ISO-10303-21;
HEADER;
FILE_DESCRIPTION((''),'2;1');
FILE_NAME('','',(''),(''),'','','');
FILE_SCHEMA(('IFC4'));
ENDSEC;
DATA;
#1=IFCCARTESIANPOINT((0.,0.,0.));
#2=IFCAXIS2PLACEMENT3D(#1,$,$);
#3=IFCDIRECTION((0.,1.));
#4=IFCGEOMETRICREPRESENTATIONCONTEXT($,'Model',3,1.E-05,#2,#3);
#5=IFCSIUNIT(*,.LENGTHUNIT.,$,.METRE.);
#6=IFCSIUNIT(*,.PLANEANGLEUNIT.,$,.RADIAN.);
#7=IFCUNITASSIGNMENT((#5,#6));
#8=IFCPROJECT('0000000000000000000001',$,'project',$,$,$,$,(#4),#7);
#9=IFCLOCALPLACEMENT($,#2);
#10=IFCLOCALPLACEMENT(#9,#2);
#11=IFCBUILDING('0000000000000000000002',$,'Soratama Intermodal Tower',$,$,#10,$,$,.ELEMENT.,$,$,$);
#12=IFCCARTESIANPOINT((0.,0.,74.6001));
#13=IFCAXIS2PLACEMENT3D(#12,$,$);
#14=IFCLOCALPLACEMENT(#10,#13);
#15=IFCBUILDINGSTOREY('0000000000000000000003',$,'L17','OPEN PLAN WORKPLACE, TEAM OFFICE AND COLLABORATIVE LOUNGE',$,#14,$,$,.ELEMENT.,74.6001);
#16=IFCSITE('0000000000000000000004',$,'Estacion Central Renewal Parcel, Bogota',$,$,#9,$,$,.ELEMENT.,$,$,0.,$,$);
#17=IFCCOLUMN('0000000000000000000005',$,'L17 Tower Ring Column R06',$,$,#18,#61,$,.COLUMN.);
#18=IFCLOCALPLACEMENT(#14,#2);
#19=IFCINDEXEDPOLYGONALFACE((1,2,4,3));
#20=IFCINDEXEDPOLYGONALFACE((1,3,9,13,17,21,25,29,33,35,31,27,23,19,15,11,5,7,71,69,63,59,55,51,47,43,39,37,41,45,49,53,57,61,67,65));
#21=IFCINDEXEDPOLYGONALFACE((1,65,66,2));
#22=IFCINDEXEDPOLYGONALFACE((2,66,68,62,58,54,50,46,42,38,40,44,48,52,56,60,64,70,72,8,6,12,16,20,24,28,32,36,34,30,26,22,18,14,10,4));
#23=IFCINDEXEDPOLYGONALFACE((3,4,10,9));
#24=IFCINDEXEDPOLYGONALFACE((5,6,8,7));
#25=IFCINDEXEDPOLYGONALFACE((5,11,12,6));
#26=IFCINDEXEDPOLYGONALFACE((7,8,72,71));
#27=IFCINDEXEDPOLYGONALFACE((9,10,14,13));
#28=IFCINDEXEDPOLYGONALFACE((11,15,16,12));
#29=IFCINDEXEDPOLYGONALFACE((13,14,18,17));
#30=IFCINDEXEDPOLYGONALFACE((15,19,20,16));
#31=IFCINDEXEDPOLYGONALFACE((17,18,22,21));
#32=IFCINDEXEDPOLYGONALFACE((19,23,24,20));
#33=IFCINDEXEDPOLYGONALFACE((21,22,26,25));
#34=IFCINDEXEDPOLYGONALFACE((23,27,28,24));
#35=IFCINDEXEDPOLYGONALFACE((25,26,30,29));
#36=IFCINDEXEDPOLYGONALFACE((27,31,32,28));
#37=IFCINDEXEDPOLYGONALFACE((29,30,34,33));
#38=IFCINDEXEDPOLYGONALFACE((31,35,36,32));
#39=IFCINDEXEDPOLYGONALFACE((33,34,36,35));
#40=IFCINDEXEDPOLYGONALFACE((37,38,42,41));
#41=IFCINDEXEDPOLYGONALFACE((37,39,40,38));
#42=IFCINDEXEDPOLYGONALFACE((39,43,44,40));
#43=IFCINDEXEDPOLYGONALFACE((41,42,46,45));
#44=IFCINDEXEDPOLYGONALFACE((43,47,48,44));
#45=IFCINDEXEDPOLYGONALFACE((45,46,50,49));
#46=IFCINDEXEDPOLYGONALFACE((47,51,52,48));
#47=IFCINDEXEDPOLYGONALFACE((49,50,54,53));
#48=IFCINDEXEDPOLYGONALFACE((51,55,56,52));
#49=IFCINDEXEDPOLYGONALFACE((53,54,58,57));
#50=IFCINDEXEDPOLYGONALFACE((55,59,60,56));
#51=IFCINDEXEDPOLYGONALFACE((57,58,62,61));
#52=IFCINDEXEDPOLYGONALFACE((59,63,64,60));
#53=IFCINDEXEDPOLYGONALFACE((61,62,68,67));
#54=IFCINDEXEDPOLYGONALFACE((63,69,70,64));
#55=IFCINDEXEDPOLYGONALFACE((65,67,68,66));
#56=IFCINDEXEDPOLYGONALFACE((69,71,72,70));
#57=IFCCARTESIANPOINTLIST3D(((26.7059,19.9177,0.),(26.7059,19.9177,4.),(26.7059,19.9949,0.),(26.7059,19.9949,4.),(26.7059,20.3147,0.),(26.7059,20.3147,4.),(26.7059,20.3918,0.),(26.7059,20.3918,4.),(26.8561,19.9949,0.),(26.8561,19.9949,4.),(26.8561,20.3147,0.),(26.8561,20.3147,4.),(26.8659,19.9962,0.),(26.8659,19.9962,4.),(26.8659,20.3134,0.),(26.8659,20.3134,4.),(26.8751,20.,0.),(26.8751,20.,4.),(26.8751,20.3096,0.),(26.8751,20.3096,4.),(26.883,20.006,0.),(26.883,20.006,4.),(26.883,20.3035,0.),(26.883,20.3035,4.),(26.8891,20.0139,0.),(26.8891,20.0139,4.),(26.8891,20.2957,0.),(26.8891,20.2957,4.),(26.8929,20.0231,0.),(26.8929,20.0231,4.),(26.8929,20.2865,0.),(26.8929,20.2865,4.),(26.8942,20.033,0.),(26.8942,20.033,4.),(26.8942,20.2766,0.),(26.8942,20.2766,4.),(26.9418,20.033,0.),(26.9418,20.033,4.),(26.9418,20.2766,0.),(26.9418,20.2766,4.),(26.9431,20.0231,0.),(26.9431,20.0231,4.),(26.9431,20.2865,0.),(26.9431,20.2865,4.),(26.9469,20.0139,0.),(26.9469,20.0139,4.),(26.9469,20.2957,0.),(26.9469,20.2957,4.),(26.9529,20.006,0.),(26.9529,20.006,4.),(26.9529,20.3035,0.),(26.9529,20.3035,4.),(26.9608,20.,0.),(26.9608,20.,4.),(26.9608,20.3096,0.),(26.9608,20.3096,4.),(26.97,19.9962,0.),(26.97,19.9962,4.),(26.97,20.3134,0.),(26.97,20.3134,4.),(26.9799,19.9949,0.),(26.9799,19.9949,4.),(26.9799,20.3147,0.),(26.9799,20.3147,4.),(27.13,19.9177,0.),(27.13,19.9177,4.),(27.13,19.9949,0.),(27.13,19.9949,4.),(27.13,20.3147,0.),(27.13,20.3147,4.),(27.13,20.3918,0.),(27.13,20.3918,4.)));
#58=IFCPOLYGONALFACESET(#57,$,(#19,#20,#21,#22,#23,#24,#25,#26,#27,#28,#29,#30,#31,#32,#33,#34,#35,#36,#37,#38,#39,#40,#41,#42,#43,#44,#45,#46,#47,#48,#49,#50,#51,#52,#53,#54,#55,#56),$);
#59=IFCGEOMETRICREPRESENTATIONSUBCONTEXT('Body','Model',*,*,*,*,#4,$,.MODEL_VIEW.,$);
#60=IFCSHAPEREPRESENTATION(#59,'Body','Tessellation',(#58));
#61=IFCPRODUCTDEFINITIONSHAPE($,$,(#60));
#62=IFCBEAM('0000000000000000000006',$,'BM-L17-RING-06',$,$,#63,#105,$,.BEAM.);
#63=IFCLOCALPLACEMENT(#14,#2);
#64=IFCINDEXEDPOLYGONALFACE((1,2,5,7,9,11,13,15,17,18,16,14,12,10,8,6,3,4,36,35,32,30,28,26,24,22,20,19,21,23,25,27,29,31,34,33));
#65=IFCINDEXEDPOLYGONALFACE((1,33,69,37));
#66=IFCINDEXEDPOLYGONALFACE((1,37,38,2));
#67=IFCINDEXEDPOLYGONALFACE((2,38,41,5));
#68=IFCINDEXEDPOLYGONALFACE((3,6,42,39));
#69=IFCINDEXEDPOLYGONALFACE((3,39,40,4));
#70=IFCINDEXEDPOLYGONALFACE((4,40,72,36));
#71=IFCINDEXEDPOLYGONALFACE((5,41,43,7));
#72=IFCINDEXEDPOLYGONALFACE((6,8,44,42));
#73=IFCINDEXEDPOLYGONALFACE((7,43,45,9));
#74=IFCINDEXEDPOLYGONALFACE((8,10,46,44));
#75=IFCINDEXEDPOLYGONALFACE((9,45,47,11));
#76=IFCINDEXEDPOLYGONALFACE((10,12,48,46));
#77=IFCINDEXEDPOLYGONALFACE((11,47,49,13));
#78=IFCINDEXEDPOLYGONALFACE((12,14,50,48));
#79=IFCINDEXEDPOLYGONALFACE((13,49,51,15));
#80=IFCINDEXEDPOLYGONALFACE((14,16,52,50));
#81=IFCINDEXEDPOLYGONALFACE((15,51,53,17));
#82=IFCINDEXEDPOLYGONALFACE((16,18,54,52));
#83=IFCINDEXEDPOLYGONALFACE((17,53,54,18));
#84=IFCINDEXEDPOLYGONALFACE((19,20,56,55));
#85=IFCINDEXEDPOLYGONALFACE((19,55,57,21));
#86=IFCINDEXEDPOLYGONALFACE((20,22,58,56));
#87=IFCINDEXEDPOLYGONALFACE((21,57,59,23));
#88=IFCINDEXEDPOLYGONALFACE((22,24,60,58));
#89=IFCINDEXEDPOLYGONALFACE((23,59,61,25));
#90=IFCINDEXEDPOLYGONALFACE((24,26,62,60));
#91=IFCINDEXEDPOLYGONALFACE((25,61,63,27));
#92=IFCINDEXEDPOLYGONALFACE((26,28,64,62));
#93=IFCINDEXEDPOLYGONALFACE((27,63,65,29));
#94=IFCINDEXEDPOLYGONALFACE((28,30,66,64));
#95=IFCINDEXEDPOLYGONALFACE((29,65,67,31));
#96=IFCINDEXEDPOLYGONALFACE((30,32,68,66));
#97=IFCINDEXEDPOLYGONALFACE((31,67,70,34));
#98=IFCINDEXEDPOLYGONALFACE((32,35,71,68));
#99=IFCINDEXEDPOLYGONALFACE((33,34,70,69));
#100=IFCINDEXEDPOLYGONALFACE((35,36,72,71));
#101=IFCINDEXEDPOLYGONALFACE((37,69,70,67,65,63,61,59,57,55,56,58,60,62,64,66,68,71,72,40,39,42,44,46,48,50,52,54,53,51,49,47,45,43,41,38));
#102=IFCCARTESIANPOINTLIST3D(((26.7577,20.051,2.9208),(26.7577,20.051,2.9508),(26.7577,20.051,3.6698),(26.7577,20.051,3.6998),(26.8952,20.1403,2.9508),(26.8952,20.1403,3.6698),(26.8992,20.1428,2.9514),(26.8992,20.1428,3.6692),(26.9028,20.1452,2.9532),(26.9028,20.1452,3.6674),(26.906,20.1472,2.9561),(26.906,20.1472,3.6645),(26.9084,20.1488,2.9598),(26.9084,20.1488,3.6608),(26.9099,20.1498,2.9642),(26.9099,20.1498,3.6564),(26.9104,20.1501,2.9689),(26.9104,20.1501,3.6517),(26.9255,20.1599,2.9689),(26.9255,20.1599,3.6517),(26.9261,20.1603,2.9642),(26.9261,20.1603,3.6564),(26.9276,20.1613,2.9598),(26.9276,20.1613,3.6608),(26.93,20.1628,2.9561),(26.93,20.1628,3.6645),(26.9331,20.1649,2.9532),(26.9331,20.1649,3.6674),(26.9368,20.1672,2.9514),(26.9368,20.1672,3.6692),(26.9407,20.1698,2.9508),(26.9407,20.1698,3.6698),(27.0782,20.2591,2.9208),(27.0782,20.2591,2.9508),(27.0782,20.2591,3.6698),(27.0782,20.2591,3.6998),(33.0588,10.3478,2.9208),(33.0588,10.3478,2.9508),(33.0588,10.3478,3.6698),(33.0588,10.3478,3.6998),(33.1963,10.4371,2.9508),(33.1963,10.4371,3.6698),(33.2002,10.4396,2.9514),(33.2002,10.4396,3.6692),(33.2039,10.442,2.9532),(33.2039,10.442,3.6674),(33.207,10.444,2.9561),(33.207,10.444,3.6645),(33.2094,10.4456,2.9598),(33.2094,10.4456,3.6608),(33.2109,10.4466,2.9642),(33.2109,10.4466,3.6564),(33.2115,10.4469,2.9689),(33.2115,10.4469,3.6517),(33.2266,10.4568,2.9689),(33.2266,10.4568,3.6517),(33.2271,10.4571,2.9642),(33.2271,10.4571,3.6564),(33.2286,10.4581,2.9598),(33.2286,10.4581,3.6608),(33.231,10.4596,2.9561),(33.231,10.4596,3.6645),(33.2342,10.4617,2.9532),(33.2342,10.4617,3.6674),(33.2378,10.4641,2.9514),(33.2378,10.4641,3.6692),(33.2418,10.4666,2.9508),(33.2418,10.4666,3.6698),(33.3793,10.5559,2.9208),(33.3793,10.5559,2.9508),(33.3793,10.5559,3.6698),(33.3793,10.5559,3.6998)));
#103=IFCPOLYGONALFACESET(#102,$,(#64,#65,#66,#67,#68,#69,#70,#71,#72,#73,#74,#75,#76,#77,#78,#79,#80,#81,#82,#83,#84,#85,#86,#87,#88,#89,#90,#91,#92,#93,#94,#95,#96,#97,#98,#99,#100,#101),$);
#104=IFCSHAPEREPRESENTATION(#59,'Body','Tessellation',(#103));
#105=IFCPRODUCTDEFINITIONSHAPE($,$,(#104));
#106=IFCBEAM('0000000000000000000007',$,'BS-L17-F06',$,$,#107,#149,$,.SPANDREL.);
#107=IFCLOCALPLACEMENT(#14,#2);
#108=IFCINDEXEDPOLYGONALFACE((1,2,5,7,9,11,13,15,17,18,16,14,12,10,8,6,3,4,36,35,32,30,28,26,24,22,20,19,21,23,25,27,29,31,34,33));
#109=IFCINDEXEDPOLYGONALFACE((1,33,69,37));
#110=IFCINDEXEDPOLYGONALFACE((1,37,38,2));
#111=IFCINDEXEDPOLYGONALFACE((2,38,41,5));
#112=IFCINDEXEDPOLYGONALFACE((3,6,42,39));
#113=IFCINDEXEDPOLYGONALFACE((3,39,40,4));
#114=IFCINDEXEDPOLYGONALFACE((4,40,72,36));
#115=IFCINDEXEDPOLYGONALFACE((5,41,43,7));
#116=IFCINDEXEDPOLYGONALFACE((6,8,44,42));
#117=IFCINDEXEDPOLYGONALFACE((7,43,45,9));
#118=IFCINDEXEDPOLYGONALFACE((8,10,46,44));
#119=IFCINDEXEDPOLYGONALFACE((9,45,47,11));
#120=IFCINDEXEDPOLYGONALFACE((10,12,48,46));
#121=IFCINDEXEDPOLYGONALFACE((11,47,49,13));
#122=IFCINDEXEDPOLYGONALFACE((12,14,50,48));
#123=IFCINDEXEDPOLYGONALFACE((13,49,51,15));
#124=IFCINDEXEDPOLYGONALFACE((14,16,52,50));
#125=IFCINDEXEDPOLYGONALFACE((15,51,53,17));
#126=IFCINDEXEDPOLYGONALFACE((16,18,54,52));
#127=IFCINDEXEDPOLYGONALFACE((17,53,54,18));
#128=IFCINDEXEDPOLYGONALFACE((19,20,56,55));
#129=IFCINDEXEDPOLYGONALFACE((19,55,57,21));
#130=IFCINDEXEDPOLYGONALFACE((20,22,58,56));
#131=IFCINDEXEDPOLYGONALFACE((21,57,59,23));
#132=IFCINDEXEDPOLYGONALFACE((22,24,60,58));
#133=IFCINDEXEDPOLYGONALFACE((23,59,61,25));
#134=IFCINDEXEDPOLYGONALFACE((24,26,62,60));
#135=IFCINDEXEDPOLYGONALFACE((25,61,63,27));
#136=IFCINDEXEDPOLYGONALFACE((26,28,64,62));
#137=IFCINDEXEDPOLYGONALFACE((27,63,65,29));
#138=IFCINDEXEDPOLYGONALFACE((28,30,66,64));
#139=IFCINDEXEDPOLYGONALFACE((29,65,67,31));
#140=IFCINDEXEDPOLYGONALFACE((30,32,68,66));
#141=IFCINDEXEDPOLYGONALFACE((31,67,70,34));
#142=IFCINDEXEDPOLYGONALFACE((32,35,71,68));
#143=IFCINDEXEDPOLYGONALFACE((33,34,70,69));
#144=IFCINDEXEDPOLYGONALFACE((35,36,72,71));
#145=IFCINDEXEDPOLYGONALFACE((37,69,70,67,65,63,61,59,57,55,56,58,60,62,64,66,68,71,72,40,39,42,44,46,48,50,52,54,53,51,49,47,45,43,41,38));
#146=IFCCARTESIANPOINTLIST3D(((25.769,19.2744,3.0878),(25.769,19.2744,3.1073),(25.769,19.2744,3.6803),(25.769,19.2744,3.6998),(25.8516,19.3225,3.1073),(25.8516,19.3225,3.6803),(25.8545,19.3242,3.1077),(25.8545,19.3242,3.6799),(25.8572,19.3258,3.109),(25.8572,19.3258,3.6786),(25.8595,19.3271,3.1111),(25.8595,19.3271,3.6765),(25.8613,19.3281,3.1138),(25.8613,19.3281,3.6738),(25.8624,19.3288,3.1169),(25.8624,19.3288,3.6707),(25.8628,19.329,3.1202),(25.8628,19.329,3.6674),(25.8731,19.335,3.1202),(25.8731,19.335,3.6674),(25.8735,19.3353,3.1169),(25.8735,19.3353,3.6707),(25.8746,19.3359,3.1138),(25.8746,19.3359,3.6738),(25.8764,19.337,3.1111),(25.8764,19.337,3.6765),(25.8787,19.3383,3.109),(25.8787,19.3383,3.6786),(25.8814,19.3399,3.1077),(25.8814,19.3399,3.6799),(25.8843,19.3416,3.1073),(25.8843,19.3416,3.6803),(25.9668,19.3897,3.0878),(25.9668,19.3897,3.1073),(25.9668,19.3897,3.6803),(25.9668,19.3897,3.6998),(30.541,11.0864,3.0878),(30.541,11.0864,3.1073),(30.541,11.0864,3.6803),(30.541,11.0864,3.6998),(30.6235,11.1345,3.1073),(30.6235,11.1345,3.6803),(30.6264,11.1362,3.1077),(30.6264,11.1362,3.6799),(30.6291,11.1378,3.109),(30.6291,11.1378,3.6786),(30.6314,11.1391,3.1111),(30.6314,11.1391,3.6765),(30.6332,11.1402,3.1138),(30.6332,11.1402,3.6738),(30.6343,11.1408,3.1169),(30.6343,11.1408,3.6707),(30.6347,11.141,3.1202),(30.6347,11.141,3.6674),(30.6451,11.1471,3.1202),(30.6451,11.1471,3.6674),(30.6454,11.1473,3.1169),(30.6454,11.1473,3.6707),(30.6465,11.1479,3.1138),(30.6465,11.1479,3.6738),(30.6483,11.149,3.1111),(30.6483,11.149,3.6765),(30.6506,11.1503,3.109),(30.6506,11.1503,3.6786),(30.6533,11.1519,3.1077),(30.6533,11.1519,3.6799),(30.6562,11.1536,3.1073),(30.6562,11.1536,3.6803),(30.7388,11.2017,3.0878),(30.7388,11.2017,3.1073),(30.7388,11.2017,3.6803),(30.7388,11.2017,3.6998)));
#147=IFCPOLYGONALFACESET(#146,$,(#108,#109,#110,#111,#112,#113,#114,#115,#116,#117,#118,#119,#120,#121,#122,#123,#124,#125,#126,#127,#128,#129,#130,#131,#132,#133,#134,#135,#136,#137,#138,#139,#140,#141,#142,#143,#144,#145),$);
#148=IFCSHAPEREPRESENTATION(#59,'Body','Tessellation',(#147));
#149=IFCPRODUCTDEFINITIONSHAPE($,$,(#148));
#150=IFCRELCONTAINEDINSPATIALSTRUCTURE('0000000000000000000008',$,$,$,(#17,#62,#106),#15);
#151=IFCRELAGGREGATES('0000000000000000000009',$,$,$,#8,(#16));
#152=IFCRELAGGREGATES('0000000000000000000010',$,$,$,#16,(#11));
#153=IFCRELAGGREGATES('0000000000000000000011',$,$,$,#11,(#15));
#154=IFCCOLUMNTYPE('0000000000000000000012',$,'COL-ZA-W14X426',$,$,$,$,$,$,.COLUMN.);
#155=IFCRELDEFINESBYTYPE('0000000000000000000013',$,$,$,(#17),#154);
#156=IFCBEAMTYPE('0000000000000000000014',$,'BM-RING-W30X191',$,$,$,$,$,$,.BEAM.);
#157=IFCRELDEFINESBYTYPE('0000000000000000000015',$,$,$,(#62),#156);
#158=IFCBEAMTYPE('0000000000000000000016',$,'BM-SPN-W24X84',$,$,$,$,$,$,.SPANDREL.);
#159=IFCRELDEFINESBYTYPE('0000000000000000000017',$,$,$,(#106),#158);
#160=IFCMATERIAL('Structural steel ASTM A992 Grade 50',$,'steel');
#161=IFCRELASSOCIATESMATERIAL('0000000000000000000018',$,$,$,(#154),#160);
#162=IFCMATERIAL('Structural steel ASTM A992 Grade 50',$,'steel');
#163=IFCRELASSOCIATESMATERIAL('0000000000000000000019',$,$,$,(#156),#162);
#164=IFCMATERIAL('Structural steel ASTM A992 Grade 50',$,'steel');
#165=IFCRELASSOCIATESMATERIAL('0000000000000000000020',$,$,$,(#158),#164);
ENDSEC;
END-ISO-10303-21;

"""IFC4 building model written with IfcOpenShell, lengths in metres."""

from ifc_helpers import new_model, si_unit, direction, frame, origin, origin_2d, place, context, subcontext, project, spatial, i_section, extrude, material, material_profile, profile_set, type_object, element, save


model = new_model("IFC4")

# Units and contexts
model_context = context("Model", 3, precision=1e-05, world=origin(), true_north=direction((0.0, 1.0)))
body_context = subcontext(model_context, "Body", "Model", "MODEL_VIEW")
ifc_project = project(units=[si_unit("LENGTHUNIT", "METRE"), si_unit("PLANEANGLEUNIT", "RADIAN")], contexts=[model_context])

# Site, building, storey
site_placement = place(None, origin())
site = spatial("IfcSite", under=ifc_project, at=site_placement, Name="Estacion Central Renewal Parcel, Bogota", CompositionType="ELEMENT", RefElevation=0.0)
building_placement = place(site_placement, origin())
building = spatial("IfcBuilding", under=site, at=building_placement, Name="Soratama Intermodal Tower", CompositionType="ELEMENT")
storey_placement = place(building_placement, frame((0.0, 0.0, 74.6001)))
storey = spatial("IfcBuildingStorey", under=building, at=storey_placement, Name="L17", Description="OPEN PLAN WORKPLACE, TEAM OFFICE AND COLLABORATIVE LOUNGE", CompositionType="ELEMENT", Elevation=74.6001)

# Column
ifc_material_1 = material(Name="Structural steel ASTM A992 Grade 50", Category="steel")
ifc_material_profile_1 = material_profile(ifc_material_1, i_section(OverallWidth=0.4241, OverallDepth=0.4741, WebThickness=0.0476, FlangeThickness=0.0771, FilletRadius=0.0381, at=origin_2d()), Name="W14X426")
ifc_profile_set_1 = profile_set([ifc_material_profile_1], Name="Structural steel ASTM A992 Grade 50")
column_type = type_object("IfcColumnType", Name="COL-ZA-W14X426", PredefinedType="COLUMN", material=ifc_profile_set_1)
column_placement = place(storey_placement, frame((26.918, 20.1548, 0.0), z_axis=(0.0, 0.0, 1.0), x_axis=(1.0, 0.0, 0.0)))
element("IfcColumn", 1, at=column_placement, inside=storey, type_object=column_type, Name="L17 Tower Ring Column R06", PredefinedType="COLUMN", context=body_context, shape_type="SweptSolid", body=[
    extrude(i_section(OverallWidth=0.4241, OverallDepth=0.4741, WebThickness=0.0476, FlangeThickness=0.0771, FilletRadius=0.0381, at=origin_2d()), origin(), (0.0, 0.0, 1.0), 4.0),
])

# Beams
ifc_material_2 = material(Name="Structural steel ASTM A992 Grade 50", Category="steel")
ifc_material_profile_2 = material_profile(ifc_material_2, i_section(OverallWidth=0.3821, OverallDepth=0.7791, WebThickness=0.0181, FlangeThickness=0.03, FilletRadius=0.0181, at=origin_2d()), Name="W30X191")
ifc_profile_set_2 = profile_set([ifc_material_profile_2], Name="Structural steel ASTM A992 Grade 50")
beam_type_1 = type_object("IfcBeamType", Name="BM-RING-W30X191", PredefinedType="BEAM", material=ifc_profile_set_2)
beam_1_placement = place(storey_placement, frame((26.918, 20.155, 3.3103), z_axis=(0.544623, -0.838681, 0.0), x_axis=(0.838681, 0.544623, 0.0)))
element("IfcBeam", 2, at=beam_1_placement, inside=storey, type_object=beam_type_1, Name="BM-L17-RING-06", PredefinedType="BEAM", context=body_context, shape_type="SweptSolid", body=[
    extrude(i_section(OverallWidth=0.3821, OverallDepth=0.7791, WebThickness=0.0181, FlangeThickness=0.03, FilletRadius=0.0181, at=origin_2d()), origin(), (0.0, 0.0, 1.0), 11.5696),
])
ifc_material_3 = material(Name="Structural steel ASTM A992 Grade 50", Category="steel")
ifc_material_profile_3 = material_profile(ifc_material_3, i_section(OverallWidth=0.229, OverallDepth=0.6121, WebThickness=0.012, FlangeThickness=0.0195, FilletRadius=0.0129, at=origin_2d()), Name="W24X84")
ifc_profile_set_3 = profile_set([ifc_material_profile_3], Name="Structural steel ASTM A992 Grade 50")
beam_type_2 = type_object("IfcBeamType", Name="BM-SPN-W24X84", PredefinedType="SPANDREL", material=ifc_profile_set_3)
beam_2_placement = place(storey_placement, frame((25.8679, 19.332, 3.3938), z_axis=(0.503528, -0.863979, 0.0), x_axis=(0.863979, 0.503528, 0.0)))
element("IfcBeam", 3, at=beam_2_placement, inside=storey, type_object=beam_type_2, Name="BS-L17-F06", PredefinedType="SPANDREL", context=body_context, shape_type="SweptSolid", body=[
    extrude(i_section(OverallWidth=0.229, OverallDepth=0.6121, WebThickness=0.012, FlangeThickness=0.0195, FilletRadius=0.0129, at=origin_2d()), origin(), (0.0, 0.0, 1.0), 9.4771),
])

save(model, "model.ifc")
